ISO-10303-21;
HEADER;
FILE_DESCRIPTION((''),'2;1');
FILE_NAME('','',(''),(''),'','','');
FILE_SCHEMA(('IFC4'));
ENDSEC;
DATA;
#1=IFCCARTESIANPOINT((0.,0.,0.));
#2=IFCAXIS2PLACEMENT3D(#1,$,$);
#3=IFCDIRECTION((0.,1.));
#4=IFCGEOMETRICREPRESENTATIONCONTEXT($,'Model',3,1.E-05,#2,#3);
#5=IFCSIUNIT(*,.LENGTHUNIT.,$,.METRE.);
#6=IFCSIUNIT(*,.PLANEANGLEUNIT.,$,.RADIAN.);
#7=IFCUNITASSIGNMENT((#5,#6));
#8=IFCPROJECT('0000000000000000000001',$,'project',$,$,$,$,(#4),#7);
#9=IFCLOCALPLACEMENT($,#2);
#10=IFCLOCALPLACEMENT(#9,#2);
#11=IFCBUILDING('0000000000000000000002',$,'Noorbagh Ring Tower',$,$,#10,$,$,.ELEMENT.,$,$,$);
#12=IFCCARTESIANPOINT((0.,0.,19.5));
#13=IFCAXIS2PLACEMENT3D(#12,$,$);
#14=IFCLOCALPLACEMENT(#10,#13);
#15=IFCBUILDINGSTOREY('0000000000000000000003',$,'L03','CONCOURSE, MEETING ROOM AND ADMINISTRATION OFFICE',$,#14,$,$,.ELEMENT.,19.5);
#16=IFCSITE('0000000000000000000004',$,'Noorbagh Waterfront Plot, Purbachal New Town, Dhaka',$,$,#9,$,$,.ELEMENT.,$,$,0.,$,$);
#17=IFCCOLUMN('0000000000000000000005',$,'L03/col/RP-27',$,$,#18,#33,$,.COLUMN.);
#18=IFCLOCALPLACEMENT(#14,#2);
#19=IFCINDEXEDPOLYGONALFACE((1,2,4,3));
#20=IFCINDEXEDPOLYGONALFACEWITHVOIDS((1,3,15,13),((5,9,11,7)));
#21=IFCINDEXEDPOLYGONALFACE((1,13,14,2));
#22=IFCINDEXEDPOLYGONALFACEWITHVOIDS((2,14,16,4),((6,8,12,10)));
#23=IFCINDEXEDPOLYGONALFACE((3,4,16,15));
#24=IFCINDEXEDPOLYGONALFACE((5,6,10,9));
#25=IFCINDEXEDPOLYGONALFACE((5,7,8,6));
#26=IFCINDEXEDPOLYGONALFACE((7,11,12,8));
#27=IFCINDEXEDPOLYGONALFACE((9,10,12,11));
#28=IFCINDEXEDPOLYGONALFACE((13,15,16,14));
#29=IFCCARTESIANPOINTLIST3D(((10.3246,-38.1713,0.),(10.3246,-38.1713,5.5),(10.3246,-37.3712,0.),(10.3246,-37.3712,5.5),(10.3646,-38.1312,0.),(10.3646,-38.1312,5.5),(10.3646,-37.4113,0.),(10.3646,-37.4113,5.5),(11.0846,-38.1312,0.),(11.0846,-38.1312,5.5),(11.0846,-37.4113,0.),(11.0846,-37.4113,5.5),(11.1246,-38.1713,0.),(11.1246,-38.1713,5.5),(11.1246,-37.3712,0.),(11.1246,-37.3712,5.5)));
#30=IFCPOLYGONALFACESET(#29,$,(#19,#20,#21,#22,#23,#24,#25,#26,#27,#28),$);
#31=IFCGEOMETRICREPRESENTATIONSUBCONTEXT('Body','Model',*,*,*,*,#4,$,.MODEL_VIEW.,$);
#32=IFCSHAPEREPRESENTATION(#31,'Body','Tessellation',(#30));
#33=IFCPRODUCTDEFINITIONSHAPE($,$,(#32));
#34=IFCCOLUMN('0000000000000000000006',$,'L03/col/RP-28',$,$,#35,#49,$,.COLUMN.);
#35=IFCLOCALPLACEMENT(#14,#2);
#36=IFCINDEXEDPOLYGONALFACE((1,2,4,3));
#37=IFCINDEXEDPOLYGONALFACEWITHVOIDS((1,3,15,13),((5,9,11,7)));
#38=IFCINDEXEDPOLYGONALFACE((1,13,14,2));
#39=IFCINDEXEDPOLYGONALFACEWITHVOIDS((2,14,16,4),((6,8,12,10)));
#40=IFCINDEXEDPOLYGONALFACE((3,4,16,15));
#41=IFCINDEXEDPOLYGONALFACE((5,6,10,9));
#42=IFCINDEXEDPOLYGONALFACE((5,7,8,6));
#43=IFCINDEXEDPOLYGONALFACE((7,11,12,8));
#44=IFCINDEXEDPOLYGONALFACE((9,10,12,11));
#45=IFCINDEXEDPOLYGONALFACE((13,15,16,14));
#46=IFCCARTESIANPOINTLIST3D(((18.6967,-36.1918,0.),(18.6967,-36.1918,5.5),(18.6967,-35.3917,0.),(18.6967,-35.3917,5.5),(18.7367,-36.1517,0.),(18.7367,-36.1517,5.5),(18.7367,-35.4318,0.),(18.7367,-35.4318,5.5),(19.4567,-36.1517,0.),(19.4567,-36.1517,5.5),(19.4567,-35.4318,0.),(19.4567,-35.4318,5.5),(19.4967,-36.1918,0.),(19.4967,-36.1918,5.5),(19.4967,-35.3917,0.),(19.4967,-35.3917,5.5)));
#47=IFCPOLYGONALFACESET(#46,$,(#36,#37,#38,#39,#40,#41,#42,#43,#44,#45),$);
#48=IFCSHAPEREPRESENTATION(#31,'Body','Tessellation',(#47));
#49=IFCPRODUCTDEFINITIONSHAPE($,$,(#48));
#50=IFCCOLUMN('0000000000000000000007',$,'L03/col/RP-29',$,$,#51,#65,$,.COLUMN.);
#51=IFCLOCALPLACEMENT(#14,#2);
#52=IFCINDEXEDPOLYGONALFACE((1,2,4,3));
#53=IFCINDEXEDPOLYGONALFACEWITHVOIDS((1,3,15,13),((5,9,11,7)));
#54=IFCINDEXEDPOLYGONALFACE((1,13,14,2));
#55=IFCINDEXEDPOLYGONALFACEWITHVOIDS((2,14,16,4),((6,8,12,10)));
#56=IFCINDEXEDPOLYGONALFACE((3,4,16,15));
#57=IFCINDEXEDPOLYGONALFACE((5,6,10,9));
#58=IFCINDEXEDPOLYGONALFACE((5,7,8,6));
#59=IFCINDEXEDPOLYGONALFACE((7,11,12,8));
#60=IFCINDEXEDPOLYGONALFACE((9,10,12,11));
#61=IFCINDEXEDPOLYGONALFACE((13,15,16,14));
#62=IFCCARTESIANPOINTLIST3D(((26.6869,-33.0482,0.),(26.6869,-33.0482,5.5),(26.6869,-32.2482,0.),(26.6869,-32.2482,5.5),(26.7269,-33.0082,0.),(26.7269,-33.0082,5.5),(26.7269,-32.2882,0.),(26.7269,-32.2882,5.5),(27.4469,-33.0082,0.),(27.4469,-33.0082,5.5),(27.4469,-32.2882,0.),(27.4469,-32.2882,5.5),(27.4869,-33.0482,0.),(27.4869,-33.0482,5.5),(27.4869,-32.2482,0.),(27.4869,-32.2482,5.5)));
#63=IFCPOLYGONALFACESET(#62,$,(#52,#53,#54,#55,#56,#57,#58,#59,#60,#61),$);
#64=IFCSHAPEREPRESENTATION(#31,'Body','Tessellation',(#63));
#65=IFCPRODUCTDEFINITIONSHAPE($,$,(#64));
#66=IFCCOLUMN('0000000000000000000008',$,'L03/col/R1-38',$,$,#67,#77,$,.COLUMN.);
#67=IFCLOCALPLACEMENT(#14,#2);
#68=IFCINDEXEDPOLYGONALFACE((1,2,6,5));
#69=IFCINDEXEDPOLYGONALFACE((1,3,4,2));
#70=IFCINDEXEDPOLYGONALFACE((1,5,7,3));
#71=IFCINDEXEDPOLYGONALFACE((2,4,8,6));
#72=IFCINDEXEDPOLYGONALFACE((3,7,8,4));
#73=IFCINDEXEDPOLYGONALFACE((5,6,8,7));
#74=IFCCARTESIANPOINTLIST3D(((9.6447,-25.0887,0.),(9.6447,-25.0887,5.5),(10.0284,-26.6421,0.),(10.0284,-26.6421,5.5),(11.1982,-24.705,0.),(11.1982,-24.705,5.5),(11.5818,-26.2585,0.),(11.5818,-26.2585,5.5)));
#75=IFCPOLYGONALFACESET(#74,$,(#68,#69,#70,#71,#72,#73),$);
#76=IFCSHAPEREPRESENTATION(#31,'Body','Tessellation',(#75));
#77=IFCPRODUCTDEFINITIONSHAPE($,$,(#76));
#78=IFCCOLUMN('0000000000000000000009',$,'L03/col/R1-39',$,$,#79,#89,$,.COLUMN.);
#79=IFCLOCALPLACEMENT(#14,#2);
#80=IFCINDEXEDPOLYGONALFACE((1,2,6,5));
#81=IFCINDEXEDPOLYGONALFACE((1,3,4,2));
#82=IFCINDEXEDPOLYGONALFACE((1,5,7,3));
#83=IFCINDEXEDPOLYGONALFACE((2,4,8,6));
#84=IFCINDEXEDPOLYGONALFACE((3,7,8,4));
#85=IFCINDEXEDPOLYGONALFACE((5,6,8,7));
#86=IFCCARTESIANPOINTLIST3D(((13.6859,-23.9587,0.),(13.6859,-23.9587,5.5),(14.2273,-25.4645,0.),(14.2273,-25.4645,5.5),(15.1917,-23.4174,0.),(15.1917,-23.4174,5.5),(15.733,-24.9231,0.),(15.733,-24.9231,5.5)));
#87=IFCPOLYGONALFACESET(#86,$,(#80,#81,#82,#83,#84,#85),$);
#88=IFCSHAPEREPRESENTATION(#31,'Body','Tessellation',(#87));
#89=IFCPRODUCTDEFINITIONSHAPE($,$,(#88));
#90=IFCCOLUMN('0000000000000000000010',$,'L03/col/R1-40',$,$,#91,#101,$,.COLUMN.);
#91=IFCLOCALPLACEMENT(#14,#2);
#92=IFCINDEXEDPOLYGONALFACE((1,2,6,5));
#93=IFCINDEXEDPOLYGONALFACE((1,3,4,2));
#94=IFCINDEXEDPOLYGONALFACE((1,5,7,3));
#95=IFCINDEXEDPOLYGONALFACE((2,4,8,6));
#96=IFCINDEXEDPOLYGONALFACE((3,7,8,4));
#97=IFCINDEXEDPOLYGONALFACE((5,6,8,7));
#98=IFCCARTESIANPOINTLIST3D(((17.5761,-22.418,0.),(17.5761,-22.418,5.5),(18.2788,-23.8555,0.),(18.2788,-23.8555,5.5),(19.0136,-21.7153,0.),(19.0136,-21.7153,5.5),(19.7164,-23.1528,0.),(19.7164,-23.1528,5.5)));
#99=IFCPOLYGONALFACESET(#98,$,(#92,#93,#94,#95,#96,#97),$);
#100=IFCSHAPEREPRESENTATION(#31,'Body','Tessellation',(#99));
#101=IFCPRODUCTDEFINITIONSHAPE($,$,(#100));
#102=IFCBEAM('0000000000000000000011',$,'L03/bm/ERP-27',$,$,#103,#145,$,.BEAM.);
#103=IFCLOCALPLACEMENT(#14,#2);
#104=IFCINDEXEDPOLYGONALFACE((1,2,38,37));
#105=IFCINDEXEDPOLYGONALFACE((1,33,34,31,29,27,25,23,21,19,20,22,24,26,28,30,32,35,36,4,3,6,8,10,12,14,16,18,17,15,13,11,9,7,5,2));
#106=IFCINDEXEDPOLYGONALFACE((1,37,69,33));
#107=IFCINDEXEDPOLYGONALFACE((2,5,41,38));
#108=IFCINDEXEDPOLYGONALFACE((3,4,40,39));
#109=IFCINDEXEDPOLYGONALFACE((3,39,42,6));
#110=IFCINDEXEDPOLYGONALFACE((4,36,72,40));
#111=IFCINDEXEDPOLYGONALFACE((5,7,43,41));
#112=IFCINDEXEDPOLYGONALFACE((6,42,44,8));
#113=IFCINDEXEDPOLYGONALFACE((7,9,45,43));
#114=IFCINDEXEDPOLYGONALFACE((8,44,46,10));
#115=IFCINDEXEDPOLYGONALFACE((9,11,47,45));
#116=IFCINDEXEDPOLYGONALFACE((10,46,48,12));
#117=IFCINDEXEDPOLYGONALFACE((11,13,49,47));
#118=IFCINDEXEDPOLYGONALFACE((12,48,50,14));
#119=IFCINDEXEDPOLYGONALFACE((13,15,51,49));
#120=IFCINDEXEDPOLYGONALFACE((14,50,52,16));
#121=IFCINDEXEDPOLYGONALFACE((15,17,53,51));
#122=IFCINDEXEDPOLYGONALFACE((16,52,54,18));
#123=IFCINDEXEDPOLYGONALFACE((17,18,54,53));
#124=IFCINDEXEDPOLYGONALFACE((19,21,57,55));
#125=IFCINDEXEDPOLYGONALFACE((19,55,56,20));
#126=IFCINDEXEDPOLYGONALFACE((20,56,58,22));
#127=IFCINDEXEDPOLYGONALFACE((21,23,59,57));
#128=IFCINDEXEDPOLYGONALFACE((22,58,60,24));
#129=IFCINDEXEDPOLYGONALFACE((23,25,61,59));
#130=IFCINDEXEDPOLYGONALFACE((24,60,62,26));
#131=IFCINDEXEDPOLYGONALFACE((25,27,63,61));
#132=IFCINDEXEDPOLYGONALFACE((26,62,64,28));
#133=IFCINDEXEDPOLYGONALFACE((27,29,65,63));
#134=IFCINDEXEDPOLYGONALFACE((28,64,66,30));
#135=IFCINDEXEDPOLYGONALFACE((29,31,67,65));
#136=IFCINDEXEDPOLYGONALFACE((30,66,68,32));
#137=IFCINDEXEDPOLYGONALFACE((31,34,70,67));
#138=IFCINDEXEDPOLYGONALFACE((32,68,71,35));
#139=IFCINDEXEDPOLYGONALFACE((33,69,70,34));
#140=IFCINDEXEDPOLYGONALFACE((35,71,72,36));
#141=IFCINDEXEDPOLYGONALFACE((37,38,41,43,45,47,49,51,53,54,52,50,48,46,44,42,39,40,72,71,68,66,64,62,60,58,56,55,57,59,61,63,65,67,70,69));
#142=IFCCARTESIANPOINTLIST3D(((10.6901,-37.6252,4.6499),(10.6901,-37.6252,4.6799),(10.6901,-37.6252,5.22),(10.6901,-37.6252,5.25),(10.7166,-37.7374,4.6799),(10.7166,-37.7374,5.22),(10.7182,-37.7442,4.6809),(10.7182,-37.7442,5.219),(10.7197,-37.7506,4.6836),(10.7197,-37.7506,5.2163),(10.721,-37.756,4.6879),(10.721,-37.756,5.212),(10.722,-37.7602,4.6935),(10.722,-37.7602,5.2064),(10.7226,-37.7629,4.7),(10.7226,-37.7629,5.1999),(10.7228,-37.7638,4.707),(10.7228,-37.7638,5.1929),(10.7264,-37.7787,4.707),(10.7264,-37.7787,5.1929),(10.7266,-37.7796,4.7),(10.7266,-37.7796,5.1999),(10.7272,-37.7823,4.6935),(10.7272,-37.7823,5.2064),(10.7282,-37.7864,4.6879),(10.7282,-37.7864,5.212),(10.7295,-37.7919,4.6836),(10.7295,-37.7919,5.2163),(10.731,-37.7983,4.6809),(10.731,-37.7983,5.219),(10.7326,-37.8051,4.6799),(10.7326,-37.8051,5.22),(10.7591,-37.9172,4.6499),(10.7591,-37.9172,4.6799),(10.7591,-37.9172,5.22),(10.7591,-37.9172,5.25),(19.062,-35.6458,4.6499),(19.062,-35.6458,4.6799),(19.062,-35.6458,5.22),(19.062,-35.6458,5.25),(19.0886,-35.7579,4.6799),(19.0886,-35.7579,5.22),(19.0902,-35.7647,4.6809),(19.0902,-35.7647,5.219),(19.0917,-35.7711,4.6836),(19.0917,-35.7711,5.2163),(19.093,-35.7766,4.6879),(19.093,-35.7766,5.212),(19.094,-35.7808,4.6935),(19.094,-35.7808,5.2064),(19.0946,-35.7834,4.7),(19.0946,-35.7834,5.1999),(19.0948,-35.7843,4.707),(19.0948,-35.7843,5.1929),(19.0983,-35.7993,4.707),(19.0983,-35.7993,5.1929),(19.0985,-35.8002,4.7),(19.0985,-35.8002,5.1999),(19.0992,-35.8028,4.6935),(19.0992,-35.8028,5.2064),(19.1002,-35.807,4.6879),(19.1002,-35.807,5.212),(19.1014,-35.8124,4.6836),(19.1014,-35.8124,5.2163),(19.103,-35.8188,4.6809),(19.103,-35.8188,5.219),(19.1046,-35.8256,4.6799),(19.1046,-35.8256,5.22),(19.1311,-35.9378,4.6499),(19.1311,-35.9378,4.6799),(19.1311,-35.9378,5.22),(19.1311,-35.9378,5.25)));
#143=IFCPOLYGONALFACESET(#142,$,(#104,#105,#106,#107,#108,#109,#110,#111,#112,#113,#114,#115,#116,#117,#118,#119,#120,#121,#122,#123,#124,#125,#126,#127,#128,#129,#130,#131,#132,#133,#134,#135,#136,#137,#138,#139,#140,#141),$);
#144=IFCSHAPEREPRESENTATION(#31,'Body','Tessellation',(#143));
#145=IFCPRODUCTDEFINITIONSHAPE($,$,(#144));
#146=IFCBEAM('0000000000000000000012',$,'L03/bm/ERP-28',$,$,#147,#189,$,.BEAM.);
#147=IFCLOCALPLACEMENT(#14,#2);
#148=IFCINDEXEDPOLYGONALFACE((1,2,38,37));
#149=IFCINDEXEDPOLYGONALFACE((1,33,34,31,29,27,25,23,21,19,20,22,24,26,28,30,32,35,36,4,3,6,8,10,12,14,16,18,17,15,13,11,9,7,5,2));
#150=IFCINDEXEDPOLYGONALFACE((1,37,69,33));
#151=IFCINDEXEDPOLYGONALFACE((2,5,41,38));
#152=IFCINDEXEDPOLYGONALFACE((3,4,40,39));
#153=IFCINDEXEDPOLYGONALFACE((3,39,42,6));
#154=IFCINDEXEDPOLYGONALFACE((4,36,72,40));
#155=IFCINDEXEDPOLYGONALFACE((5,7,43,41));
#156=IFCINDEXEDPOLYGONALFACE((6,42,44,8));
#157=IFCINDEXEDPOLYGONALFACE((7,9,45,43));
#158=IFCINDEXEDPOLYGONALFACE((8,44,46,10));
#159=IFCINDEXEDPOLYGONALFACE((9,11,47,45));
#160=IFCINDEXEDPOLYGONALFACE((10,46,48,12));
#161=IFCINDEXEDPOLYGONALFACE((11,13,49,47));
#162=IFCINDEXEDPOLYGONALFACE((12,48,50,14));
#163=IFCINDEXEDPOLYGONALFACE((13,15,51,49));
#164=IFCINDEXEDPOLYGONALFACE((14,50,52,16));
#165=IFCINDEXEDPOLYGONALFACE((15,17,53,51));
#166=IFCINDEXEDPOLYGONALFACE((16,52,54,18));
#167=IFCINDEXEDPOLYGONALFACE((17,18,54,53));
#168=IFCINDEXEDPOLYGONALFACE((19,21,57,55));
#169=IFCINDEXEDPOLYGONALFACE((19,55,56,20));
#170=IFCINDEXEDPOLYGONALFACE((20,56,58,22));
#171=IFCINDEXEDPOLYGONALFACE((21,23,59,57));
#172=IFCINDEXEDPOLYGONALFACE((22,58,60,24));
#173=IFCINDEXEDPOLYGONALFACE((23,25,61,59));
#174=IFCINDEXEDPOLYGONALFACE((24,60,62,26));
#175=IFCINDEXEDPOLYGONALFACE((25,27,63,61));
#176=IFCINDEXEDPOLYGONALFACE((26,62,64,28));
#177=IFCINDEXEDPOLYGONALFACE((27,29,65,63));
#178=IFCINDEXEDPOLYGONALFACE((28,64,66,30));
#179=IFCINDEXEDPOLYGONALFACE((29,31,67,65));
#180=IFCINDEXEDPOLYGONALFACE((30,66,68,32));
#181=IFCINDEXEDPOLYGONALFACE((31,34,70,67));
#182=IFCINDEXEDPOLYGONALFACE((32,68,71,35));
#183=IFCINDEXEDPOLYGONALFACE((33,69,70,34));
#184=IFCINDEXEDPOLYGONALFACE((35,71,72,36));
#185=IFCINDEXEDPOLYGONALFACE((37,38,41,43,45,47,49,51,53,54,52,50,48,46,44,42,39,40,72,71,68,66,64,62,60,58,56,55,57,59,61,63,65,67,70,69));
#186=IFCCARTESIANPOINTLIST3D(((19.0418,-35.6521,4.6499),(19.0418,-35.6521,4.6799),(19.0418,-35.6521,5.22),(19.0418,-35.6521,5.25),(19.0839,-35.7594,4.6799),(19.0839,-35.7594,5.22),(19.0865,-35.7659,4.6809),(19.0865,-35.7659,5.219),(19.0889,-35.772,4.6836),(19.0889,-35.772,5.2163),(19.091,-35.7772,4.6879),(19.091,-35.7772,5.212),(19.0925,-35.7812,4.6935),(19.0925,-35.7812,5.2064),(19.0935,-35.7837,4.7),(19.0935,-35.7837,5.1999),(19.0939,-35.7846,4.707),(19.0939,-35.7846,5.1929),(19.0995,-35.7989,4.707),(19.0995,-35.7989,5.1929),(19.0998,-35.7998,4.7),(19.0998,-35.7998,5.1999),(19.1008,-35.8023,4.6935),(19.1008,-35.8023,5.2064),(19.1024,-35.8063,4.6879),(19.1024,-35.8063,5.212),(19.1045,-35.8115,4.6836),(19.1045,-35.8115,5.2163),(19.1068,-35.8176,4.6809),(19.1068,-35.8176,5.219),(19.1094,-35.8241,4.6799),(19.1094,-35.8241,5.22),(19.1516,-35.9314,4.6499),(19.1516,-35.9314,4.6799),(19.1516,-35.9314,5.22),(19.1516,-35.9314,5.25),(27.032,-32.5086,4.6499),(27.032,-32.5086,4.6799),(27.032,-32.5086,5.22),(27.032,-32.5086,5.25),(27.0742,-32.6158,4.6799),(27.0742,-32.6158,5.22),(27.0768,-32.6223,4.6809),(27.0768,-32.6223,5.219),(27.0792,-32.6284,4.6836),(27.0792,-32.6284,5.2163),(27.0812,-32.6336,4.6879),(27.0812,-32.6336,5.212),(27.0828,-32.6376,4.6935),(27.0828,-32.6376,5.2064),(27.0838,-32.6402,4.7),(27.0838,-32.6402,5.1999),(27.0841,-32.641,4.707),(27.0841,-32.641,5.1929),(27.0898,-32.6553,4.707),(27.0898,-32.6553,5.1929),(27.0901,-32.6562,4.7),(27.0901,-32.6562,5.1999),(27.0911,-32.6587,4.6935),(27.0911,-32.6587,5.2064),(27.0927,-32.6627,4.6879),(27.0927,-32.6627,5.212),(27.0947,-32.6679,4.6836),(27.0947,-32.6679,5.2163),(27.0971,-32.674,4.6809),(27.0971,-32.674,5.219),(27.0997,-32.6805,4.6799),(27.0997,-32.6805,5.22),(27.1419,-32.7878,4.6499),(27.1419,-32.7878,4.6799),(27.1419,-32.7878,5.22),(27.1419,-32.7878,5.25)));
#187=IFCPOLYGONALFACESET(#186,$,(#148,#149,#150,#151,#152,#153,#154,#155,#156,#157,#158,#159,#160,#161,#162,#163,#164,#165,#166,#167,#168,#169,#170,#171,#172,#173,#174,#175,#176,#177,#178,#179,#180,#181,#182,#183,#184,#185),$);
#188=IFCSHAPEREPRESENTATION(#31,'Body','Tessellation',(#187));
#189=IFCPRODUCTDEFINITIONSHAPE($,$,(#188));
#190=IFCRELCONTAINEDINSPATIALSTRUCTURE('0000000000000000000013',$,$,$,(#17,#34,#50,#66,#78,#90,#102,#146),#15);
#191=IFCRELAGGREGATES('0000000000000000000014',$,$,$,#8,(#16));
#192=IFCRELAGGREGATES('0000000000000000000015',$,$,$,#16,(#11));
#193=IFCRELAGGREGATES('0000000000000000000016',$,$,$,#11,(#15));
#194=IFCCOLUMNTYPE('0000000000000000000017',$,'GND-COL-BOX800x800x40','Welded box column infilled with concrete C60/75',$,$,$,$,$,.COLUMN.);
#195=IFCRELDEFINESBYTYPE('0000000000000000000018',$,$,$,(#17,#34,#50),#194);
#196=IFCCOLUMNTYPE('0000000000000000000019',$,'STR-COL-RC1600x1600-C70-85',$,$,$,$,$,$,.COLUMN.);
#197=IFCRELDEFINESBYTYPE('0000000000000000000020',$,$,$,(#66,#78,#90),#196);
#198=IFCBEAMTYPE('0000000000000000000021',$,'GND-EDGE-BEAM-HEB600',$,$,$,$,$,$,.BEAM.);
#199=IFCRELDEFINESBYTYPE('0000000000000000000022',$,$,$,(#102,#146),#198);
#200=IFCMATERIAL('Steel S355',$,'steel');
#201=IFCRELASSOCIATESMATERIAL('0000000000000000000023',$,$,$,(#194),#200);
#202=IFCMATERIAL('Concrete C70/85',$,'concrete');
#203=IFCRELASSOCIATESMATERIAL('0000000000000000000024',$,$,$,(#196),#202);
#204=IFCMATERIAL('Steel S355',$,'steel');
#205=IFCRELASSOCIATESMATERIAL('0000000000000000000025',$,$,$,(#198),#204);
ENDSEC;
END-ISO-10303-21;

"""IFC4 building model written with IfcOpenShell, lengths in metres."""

from ifc_helpers import new_model, si_unit, direction, frame, origin, origin_2d, place, context, subcontext, project, spatial, rectangle, hollow_rectangle, i_section, extrude, material, material_profile, profile_set, type_object, element, save


model = new_model("IFC4")

# Units and contexts
model_context = context("Model", 3, precision=1e-05, world=origin(), true_north=direction((0.0, 1.0)))
body_context = subcontext(model_context, "Body", "Model", "MODEL_VIEW")
ifc_project = project(units=[si_unit("LENGTHUNIT", "METRE"), si_unit("PLANEANGLEUNIT", "RADIAN")], contexts=[model_context])

# Site, building, storey
site_placement = place(None, origin())
site = spatial("IfcSite", under=ifc_project, at=site_placement, Name="Noorbagh Waterfront Plot, Purbachal New Town, Dhaka", CompositionType="ELEMENT", RefElevation=0.0)
building_placement = place(site_placement, origin())
building = spatial("IfcBuilding", under=site, at=building_placement, Name="Noorbagh Ring Tower", CompositionType="ELEMENT")
storey_placement = place(building_placement, frame((0.0, 0.0, 19.5)))
storey = spatial("IfcBuildingStorey", under=building, at=storey_placement, Name="L03", Description="CONCOURSE, MEETING ROOM AND ADMINISTRATION OFFICE", CompositionType="ELEMENT", Elevation=19.5)

# Columns
ifc_material_1 = material(Name="Steel S355", Category="steel")
ifc_material_profile_1 = material_profile(ifc_material_1, hollow_rectangle(XDim=0.8, YDim=0.8, WallThickness=0.04, at=origin_2d()), Name="BOX800x800x40")
ifc_profile_set_1 = profile_set([ifc_material_profile_1], Name="Steel S355")
column_type_1 = type_object("IfcColumnType", Name="GND-COL-BOX800x800x40", Description="Welded box column infilled with concrete C60/75", PredefinedType="COLUMN", material=ifc_profile_set_1)
for number, where, z_axis, x_axis, name in (
    (1, (10.7246, -37.7712, 0.0), (0.0, 0.0, 1.0), (1.0, 0.0, 0.0), "L03/col/RP-27"),
    (2, (19.0967, -35.7917, 0.0), (0.0, 0.0, 1.0), (1.0, 0.0, 0.0), "L03/col/RP-28"),
    (3, (27.0869, -32.6482, 0.0), (0.0, 0.0, 1.0), (1.0, 0.0, 0.0), "L03/col/RP-29"),
):
    element("IfcColumn", number, at=place(storey_placement, frame(where, z_axis=z_axis, x_axis=x_axis)), inside=storey, type_object=column_type_1, Name=name, PredefinedType="COLUMN", context=body_context, shape_type="SweptSolid", body=[
        extrude(hollow_rectangle(XDim=0.8, YDim=0.8, WallThickness=0.04, at=origin_2d()), origin(), (0.0, 0.0, 1.0), 5.5),
    ])
ifc_material_2 = material(Name="Concrete C70/85", Category="concrete")
ifc_material_profile_2 = material_profile(ifc_material_2, rectangle(XDim=1.6001, YDim=1.6001, at=origin_2d()), Name="RC1600x1600")
ifc_profile_set_2 = profile_set([ifc_material_profile_2], Name="Concrete C70/85")
column_type_2 = type_object("IfcColumnType", Name="STR-COL-RC1600x1600-C70-85", PredefinedType="COLUMN", material=ifc_profile_set_2)
for number, where, z_axis, x_axis, name in (
    (4, (10.6133, -25.6736, 0.0), (0.0, 0.0, 1.0), (0.970829, 0.239771, 0.0), "L03/col/R1-38"),
    (5, (14.7095, -24.4409, 0.0), (0.0, 0.0, 1.0), (0.941025, 0.338338, 0.0), "L03/col/R1-39"),
    (6, (18.6462, -22.7854, 0.0), (0.0, 0.0, 1.0), (0.898399, 0.43918, 0.0), "L03/col/R1-40"),
):
    element("IfcColumn", number, at=place(storey_placement, frame(where, z_axis=z_axis, x_axis=x_axis)), inside=storey, type_object=column_type_2, Name=name, PredefinedType="COLUMN", context=body_context, shape_type="SweptSolid", body=[
        extrude(rectangle(XDim=1.6001, YDim=1.6001, at=origin_2d()), origin(), (0.0, 0.0, 1.0), 5.5),
    ])

# Beams
ifc_material_3 = material(Name="Steel S355", Category="steel")
ifc_material_profile_3 = material_profile(ifc_material_3, i_section(OverallWidth=0.3, OverallDepth=0.6001, WebThickness=0.0154, FlangeThickness=0.03, FilletRadius=0.0271, at=origin_2d()), Name="HEB600")
ifc_profile_set_3 = profile_set([ifc_material_profile_3], Name="Steel S355")
beam_type_1 = type_object("IfcBeamType", Name="GND-EDGE-BEAM-HEB600", PredefinedType="BEAM", material=ifc_profile_set_3)
beam_1_placement = place(storey_placement, frame((10.7246, -37.7712, 4.95), z_axis=(0.973168, 0.230096, 0.0), x_axis=(-0.230096, 0.973168, 0.0)))
element("IfcBeam", 7, at=beam_1_placement, inside=storey, type_object=beam_type_1, Name="L03/bm/ERP-27", PredefinedType="BEAM", context=body_context, shape_type="SweptSolid", body=[
    extrude(i_section(OverallWidth=0.3, OverallDepth=0.6001, WebThickness=0.0154, FlangeThickness=0.03, FilletRadius=0.0271, at=origin_2d()), origin(), (0.0, 0.0, 1.0), 8.6028),
])
beam_2_placement = place(storey_placement, frame((19.0967, -35.7917, 4.95), z_axis=(0.930572, 0.36611, 0.0), x_axis=(-0.36611, 0.930572, 0.0)))
element("IfcBeam", 8, at=beam_2_placement, inside=storey, type_object=beam_type_1, Name="L03/bm/ERP-28", PredefinedType="BEAM", context=body_context, shape_type="SweptSolid", body=[
    extrude(i_section(OverallWidth=0.3, OverallDepth=0.6001, WebThickness=0.0154, FlangeThickness=0.03, FilletRadius=0.0271, at=origin_2d()), origin(), (0.0, 0.0, 1.0), 8.5864),
])

save(model, "model.ifc")
